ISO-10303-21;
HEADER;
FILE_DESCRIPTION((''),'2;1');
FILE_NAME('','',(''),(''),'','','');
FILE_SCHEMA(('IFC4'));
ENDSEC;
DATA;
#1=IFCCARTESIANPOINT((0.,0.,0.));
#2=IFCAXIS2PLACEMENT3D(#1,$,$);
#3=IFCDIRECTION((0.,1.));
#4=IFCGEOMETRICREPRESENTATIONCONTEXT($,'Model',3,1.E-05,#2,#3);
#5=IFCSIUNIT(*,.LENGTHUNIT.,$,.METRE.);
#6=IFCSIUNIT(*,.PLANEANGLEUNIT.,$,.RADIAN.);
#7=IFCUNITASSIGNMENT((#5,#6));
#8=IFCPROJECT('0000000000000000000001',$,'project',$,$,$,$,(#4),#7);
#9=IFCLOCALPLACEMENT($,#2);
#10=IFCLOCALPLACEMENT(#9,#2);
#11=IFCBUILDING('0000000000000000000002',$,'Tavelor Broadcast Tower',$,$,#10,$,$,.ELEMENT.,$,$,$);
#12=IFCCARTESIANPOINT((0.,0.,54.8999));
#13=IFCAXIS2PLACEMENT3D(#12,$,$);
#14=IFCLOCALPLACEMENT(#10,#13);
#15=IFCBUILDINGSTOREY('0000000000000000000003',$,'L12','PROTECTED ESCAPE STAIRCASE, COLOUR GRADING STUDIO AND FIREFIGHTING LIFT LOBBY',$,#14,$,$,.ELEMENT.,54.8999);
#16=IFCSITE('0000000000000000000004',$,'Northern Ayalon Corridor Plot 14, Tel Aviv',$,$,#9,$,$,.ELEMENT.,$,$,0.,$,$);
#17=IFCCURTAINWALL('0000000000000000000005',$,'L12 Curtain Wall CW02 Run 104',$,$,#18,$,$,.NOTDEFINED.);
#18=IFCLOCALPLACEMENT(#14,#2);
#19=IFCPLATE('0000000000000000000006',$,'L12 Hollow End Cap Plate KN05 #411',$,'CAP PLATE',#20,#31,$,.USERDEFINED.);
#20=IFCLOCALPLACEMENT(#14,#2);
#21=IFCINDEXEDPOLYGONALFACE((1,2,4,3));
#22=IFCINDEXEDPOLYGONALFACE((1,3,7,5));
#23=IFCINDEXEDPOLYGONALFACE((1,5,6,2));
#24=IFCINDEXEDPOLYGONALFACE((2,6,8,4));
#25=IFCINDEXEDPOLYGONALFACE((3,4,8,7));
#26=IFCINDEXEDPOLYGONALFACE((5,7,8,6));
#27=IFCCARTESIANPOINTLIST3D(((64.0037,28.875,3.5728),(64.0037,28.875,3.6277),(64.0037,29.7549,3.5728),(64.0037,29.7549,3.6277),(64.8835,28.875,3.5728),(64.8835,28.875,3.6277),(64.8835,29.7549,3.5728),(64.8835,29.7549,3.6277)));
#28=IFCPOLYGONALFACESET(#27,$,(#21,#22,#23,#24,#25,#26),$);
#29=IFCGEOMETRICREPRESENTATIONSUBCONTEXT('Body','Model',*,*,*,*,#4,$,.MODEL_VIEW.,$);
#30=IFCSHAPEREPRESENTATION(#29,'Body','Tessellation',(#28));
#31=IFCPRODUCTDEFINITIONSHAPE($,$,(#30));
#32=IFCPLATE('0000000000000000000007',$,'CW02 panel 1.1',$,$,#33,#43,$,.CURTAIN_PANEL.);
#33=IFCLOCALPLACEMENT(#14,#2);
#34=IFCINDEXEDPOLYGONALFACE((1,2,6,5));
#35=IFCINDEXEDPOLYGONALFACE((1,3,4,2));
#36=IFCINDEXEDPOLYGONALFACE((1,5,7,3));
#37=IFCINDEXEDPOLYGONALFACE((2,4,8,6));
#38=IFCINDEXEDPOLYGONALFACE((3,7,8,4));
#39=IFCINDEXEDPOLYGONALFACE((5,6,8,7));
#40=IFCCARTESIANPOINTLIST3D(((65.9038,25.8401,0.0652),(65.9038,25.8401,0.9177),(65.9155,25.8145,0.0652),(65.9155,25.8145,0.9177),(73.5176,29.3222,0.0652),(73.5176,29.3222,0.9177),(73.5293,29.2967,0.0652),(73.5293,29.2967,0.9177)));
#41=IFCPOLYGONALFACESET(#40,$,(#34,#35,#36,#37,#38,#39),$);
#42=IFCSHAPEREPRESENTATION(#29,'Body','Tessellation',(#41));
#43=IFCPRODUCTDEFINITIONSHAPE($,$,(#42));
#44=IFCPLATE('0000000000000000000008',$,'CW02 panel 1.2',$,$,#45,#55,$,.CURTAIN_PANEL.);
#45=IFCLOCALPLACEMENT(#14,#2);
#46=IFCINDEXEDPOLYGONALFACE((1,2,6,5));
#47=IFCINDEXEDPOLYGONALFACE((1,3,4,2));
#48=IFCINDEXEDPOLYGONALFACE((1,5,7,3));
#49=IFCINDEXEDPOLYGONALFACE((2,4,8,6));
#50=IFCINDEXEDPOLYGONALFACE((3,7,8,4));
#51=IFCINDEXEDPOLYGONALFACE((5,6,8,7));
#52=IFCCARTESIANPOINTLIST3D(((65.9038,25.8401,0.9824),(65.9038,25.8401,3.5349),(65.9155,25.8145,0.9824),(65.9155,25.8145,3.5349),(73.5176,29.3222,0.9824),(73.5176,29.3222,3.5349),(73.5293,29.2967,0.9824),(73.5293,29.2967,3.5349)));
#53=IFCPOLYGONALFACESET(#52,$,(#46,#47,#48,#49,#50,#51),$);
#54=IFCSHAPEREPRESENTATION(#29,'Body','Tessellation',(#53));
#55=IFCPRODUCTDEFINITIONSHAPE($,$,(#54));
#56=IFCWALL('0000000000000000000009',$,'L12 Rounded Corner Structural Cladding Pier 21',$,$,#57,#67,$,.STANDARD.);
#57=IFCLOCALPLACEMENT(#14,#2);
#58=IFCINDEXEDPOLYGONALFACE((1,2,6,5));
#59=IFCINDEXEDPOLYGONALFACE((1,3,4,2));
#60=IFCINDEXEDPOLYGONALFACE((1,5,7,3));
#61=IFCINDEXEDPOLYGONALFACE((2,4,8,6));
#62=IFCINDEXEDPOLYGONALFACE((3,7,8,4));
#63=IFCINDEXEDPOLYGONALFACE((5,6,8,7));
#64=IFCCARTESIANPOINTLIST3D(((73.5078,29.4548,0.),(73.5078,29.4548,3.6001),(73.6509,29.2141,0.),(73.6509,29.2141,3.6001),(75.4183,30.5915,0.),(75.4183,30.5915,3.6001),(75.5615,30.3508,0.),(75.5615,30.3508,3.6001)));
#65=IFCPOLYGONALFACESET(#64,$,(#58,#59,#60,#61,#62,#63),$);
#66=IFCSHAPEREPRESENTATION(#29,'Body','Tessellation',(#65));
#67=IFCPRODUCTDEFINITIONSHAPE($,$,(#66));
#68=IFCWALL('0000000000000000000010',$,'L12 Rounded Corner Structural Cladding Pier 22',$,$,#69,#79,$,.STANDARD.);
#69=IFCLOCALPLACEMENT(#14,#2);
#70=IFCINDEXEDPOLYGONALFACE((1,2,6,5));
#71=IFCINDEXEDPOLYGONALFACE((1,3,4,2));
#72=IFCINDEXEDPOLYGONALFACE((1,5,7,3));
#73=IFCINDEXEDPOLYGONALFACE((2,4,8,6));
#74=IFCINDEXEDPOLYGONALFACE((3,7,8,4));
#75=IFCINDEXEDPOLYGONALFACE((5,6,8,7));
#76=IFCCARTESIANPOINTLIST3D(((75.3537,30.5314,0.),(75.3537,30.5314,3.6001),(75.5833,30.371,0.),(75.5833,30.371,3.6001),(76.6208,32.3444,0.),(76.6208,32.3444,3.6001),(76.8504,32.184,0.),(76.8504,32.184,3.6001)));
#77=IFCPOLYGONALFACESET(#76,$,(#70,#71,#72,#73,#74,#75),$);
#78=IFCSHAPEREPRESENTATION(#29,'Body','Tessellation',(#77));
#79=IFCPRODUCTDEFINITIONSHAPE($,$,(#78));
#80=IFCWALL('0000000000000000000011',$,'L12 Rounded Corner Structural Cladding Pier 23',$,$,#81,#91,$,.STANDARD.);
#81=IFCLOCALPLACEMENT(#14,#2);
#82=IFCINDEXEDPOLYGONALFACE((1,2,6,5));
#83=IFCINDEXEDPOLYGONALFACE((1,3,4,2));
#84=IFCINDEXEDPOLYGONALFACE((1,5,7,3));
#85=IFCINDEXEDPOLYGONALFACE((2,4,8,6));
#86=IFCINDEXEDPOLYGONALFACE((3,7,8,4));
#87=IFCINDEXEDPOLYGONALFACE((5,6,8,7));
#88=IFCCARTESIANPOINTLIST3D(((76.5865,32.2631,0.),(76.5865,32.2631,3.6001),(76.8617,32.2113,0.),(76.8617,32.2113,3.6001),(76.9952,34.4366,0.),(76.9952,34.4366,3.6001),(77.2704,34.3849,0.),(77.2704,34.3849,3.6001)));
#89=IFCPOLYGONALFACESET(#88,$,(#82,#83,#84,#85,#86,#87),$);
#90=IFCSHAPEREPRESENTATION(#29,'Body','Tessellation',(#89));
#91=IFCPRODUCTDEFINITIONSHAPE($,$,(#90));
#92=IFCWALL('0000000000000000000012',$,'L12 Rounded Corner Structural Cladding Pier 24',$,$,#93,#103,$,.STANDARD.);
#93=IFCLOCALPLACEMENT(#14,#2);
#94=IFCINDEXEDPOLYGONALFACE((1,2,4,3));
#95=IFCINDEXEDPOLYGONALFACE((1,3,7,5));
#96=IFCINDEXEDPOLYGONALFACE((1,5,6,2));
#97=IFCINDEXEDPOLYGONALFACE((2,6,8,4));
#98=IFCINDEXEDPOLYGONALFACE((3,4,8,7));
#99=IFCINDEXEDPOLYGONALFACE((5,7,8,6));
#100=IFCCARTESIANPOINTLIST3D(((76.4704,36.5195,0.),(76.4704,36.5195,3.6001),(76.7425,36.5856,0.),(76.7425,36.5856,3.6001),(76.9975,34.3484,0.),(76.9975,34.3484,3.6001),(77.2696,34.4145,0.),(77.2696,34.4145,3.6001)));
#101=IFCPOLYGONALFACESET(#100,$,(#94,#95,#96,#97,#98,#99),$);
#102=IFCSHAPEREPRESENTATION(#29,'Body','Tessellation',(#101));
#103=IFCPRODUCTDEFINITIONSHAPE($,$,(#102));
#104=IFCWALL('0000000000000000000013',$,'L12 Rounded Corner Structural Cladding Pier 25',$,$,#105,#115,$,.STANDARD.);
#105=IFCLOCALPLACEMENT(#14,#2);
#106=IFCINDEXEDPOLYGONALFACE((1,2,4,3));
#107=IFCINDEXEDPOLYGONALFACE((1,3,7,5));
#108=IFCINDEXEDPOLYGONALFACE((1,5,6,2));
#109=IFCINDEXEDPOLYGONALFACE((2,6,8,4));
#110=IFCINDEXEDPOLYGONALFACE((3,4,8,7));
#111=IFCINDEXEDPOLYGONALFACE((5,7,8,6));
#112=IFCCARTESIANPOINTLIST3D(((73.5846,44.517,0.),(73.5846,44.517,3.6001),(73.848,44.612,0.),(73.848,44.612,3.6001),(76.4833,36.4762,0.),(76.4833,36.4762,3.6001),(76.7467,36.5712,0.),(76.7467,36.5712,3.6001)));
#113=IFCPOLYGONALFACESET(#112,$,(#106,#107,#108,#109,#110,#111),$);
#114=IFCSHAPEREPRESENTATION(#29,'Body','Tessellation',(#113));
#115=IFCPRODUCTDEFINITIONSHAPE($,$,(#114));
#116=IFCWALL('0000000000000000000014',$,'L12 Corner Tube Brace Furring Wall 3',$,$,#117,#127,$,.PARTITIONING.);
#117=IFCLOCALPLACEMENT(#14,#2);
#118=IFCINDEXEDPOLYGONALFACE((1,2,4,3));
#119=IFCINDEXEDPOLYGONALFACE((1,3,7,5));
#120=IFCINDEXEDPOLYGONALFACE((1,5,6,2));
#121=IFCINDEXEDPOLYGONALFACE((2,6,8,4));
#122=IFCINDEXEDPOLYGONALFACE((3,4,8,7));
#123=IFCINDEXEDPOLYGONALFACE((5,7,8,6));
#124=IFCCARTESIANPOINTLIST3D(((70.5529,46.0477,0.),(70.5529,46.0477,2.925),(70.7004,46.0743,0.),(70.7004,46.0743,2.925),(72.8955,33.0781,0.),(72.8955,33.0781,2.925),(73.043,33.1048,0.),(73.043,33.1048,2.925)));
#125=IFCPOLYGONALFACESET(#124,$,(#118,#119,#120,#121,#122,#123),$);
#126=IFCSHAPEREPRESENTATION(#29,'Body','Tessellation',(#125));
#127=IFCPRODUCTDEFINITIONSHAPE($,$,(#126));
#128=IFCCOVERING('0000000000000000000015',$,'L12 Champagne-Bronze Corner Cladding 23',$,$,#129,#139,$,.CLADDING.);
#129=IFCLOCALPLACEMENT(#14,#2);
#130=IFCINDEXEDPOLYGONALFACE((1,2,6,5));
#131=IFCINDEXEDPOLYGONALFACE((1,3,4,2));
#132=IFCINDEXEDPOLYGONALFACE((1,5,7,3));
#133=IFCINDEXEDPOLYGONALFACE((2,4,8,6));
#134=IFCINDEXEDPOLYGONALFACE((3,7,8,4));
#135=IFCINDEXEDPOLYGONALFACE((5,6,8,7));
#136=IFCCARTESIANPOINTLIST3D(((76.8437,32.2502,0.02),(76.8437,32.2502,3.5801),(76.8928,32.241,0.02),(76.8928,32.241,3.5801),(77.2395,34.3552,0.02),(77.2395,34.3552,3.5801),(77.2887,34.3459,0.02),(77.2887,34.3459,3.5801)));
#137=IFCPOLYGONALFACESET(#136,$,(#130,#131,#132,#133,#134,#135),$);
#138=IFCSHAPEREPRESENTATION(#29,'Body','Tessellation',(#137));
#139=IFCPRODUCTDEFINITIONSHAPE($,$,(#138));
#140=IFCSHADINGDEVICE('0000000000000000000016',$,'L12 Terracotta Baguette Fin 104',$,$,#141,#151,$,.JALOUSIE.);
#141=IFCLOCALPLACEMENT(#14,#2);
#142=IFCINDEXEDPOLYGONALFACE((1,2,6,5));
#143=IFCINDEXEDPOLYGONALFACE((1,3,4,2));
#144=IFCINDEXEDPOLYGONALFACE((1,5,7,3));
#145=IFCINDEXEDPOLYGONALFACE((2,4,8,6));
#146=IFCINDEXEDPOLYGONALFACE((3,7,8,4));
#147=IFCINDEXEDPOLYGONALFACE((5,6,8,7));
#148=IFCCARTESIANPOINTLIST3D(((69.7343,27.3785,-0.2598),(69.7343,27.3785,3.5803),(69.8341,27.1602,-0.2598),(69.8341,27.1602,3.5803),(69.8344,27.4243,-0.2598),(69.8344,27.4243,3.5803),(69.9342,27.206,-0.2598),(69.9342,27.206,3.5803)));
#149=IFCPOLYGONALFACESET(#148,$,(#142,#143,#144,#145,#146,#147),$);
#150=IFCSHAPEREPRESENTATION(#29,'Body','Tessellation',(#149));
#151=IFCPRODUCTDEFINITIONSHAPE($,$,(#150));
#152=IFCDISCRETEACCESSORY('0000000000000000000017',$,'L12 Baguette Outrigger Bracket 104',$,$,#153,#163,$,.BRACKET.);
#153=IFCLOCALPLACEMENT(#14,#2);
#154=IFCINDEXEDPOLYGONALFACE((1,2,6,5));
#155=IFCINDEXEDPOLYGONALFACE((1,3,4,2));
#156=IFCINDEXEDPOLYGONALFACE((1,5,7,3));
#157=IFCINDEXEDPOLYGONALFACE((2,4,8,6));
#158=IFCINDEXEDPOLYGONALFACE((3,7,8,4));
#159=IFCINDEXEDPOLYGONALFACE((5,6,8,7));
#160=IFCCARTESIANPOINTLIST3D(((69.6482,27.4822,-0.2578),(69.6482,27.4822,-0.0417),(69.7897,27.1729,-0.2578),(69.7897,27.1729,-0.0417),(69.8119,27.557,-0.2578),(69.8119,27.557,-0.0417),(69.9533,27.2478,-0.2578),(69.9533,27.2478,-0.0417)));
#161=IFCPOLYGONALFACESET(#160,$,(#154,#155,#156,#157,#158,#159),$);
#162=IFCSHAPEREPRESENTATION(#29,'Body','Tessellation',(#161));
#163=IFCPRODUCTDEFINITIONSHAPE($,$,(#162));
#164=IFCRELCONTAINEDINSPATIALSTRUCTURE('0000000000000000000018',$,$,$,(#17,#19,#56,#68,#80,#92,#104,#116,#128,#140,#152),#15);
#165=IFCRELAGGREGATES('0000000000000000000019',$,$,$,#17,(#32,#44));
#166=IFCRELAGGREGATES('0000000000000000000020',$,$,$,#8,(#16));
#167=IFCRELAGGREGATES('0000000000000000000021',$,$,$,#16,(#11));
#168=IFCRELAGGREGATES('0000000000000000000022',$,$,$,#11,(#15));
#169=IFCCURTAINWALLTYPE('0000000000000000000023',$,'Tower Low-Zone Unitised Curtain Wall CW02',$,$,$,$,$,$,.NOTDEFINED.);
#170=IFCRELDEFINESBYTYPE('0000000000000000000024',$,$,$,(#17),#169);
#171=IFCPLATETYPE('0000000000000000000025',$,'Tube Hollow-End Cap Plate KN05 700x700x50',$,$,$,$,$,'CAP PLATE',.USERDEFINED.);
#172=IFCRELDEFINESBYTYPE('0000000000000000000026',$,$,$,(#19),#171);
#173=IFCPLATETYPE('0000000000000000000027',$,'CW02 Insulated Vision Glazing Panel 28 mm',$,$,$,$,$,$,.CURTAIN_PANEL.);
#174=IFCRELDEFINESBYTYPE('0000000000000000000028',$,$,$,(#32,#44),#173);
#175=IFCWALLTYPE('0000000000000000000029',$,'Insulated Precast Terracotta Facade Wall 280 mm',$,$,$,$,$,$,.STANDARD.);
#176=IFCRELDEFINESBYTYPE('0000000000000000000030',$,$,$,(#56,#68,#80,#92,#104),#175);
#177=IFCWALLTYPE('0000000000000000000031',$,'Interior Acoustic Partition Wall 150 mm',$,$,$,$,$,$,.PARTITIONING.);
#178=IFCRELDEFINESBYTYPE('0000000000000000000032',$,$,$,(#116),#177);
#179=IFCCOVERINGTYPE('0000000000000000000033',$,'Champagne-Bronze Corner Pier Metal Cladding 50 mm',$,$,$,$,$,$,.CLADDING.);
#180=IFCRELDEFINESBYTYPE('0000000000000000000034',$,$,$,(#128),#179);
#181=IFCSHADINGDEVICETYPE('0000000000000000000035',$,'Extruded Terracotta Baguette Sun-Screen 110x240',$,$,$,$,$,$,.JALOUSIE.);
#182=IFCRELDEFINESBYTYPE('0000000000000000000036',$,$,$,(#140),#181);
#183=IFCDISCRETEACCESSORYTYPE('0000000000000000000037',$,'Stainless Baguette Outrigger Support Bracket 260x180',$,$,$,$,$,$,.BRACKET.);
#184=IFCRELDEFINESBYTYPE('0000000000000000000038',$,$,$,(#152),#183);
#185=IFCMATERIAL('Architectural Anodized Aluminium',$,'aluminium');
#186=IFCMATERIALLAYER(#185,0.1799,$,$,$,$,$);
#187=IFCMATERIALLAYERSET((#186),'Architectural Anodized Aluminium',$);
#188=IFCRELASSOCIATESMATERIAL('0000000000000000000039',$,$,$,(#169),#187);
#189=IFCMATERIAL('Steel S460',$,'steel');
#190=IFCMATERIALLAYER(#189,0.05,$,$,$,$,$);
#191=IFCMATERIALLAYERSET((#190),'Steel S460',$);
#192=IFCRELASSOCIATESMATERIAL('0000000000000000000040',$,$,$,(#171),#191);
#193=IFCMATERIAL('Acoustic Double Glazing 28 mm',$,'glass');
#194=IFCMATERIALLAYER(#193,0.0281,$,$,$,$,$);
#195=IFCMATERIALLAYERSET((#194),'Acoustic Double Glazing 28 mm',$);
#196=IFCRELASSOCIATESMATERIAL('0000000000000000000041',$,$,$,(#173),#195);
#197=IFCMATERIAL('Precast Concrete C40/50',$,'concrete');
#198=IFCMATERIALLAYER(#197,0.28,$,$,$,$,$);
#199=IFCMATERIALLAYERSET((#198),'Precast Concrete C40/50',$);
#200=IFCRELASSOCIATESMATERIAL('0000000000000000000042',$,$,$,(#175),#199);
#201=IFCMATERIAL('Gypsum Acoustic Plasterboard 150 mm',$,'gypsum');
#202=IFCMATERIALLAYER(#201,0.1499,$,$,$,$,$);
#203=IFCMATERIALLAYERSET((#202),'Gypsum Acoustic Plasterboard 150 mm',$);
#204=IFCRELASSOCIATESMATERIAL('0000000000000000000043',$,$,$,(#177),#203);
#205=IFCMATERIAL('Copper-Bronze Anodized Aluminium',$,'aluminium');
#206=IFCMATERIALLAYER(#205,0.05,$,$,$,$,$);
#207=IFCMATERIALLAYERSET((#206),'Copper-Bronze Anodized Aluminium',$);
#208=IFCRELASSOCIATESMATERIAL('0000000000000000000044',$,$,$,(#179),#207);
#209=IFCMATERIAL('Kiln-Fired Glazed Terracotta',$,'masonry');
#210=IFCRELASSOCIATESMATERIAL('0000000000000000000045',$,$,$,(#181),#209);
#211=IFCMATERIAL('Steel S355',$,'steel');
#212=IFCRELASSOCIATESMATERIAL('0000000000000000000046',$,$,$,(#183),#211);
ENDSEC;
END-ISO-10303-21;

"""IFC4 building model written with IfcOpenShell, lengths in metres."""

from ifc_helpers import new_model, si_unit, direction, frame, frame_2d, origin, origin_2d, place, context, subcontext, project, spatial, rectangle, extrude, source, transform, mapped, material, layer, layer_set, type_object, type_shapes, element, aggregate, save


model = new_model("IFC4")

# Units and contexts
model_context = context("Model", 3, precision=1e-05, world=origin(), true_north=direction((0.0, 1.0)))
body_context = subcontext(model_context, "Body", "Model", "MODEL_VIEW")
ifc_project = project(units=[si_unit("LENGTHUNIT", "METRE"), si_unit("PLANEANGLEUNIT", "RADIAN")], contexts=[model_context])

# Site, building, storey
site_placement = place(None, origin())
site = spatial("IfcSite", under=ifc_project, at=site_placement, Name="Northern Ayalon Corridor Plot 14, Tel Aviv", CompositionType="ELEMENT", RefElevation=0.0)
building_placement = place(site_placement, origin())
building = spatial("IfcBuilding", under=site, at=building_placement, Name="Tavelor Broadcast Tower", CompositionType="ELEMENT")
storey_placement = place(building_placement, frame((0.0, 0.0, 54.8999)))
storey = spatial("IfcBuildingStorey", under=building, at=storey_placement, Name="L12", Description="PROTECTED ESCAPE STAIRCASE, COLOUR GRADING STUDIO AND FIREFIGHTING LIFT LOBBY", CompositionType="ELEMENT", Elevation=54.8999)

# Shared definitions
ifc_material_1 = material(Name="Steel S460", Category="steel")

# Shared definitions
ifc_material_2 = material(Name="Steel S355", Category="steel")

# Shared definitions
ifc_material_3 = material(Name="Architectural Anodized Aluminium", Category="aluminium")
ifc_layer_1 = layer(ifc_material_3, 0.1799)
ifc_layer_set_1 = layer_set([ifc_layer_1], Name="Architectural Anodized Aluminium")
curtain_wall_type = type_object("IfcCurtainWallType", Name="Tower Low-Zone Unitised Curtain Wall CW02", PredefinedType="NOTDEFINED", material=ifc_layer_set_1)

# Curtain wall
curtain_wall_1_placement = place(storey_placement, origin())
curtain_wall_1 = element("IfcCurtainWall", 1, at=curtain_wall_1_placement, inside=storey, type_object=curtain_wall_type, Name="L12 Curtain Wall CW02 Run 104", PredefinedType="NOTDEFINED")

# Plate
ifc_layer_2 = layer(ifc_material_1, 0.05)
ifc_layer_set_2 = layer_set([ifc_layer_2], Name="Steel S460")
plate_type_1 = type_object("IfcPlateType", Name="Tube Hollow-End Cap Plate KN05 700x700x50", ElementType="CAP PLATE", PredefinedType="USERDEFINED", material=ifc_layer_set_2)
shared_shape_1 = source(origin(), body_context, "Body", "SweptSolid", [
    extrude(rectangle(XDim=0.8799, YDim=0.8799, at=origin_2d()), origin(), (0.0, 0.0, 1.0), 0.0549),
])
plate_1_placement = place(storey_placement, frame((64.4436, 29.3149, 3.5728), z_axis=(0.0, 0.0, 1.0), x_axis=(1.0, 0.0, 0.0)))
element("IfcPlate", 2, at=plate_1_placement, inside=storey, type_object=plate_type_1, Name="L12 Hollow End Cap Plate KN05 #411", ObjectType="CAP PLATE", PredefinedType="USERDEFINED", context=body_context, shape_type="MappedRepresentation", body=[
    mapped(shared_shape_1, transform((0.0, 0.0, 0.0), scale=1.0)),
])

# Plates
ifc_material_4 = material(Name="Acoustic Double Glazing 28 mm", Category="glass")
ifc_layer_3 = layer(ifc_material_4, 0.0281)
ifc_layer_set_3 = layer_set([ifc_layer_3], Name="Acoustic Double Glazing 28 mm")
plate_type_2 = type_object("IfcPlateType", Name="CW02 Insulated Vision Glazing Panel 28 mm", PredefinedType="CURTAIN_PANEL", material=ifc_layer_set_3)
shared_shape_2 = source(origin(), body_context, "Body", "SweptSolid", [
    extrude(rectangle(XDim=8.3723, YDim=0.0281, at=origin_2d()), origin(), (0.0, 0.0, 1.0), 0.8525),
])
plate_2_placement = place(storey_placement, frame((69.7166, 27.5684, 0.0652), z_axis=(0.0, 0.0, 1.0), x_axis=(0.909407, 0.415908, 0.0)))
plate_2 = element("IfcPlate", 3, at=plate_2_placement, type_object=plate_type_2, Name="CW02 panel 1.1", PredefinedType="CURTAIN_PANEL", context=body_context, shape_type="MappedRepresentation", body=[
    mapped(shared_shape_2, transform((0.0, 0.0, 0.0), scale=1.0)),
])
shared_shape_3 = source(origin(), body_context, "Body", "SweptSolid", [
    extrude(rectangle(XDim=8.3723, YDim=0.0281, at=origin_2d()), origin(), (0.0, 0.0, 1.0), 2.5525),
])
type_shapes(plate_type_2, [shared_shape_2, shared_shape_3])
plate_3_placement = place(storey_placement, frame((69.7166, 27.5684, 0.9824), z_axis=(0.0, 0.0, 1.0), x_axis=(0.909407, 0.415908, 0.0)))
plate_3 = element("IfcPlate", 4, at=plate_3_placement, type_object=plate_type_2, Name="CW02 panel 1.2", PredefinedType="CURTAIN_PANEL", context=body_context, shape_type="MappedRepresentation", body=[
    mapped(shared_shape_3, transform((0.0, 0.0, 0.0), scale=1.0)),
])
aggregate(curtain_wall_1, [plate_2, plate_3])

# Walls
ifc_material_5 = material(Name="Precast Concrete C40/50", Category="concrete")
ifc_layer_4 = layer(ifc_material_5, 0.28)
ifc_layer_set_4 = layer_set([ifc_layer_4], Name="Precast Concrete C40/50")
wall_type_1 = type_object("IfcWallType", Name="Insulated Precast Terracotta Facade Wall 280 mm", PredefinedType="STANDARD", material=ifc_layer_set_4)
wall_1_placement = place(storey_placement, frame((73.5793, 29.3345, 0.0), z_axis=(0.0, 0.0, 1.0), x_axis=(0.859405, 0.511295, 0.0)))
element("IfcWall", 5, at=wall_1_placement, inside=storey, type_object=wall_type_1, Name="L12 Rounded Corner Structural Cladding Pier 21", PredefinedType="STANDARD", context=body_context, shape_type="SweptSolid", body=[
    extrude(rectangle(XDim=2.2231, YDim=0.28, at=frame_2d((1.1116, 0.0))), origin(), (0.0, 0.0, 1.0), 3.6001),
])
wall_2_placement = place(storey_placement, frame((75.4685, 30.4512, 0.0), z_axis=(0.0, 0.0, 1.0), x_axis=(0.572855, 0.819657, 0.0)))
element("IfcWall", 6, at=wall_2_placement, inside=storey, type_object=wall_type_1, Name="L12 Rounded Corner Structural Cladding Pier 22", PredefinedType="STANDARD", context=body_context, shape_type="SweptSolid", body=[
    extrude(rectangle(XDim=2.2119, YDim=0.28, at=frame_2d((1.106, 0.0))), origin(), (0.0, 0.0, 1.0), 3.6001),
])
wall_3_placement = place(storey_placement, frame((76.7241, 32.2371, 0.0), z_axis=(0.0, 0.0, 1.0), x_axis=(0.184788, 0.982778, 0.0)))
element("IfcWall", 7, at=wall_3_placement, inside=storey, type_object=wall_type_1, Name="L12 Rounded Corner Structural Cladding Pier 23", PredefinedType="STANDARD", context=body_context, shape_type="SweptSolid", body=[
    extrude(rectangle(XDim=2.2117, YDim=0.28, at=frame_2d((1.106, 0.0))), origin(), (0.0, 0.0, 1.0), 3.6001),
])
wall_4_placement = place(storey_placement, frame((77.1335, 34.3813, 0.0), z_axis=(0.0, 0.0, 1.0), x_axis=(-0.235922, 0.971772, 0.0)))
element("IfcWall", 8, at=wall_4_placement, inside=storey, type_object=wall_type_1, Name="L12 Rounded Corner Structural Cladding Pier 24", PredefinedType="STANDARD", context=body_context, shape_type="SweptSolid", body=[
    extrude(rectangle(XDim=2.2341, YDim=0.28, at=frame_2d((1.1172, 0.0))), origin(), (0.0, 0.0, 1.0), 3.6001),
])
wall_5_placement = place(storey_placement, frame((76.615, 36.5237, 0.0), z_axis=(0.0, 0.0, 1.0), x_axis=(-0.339134, 0.940738, 0.0)))
element("IfcWall", 9, at=wall_5_placement, inside=storey, type_object=wall_type_1, Name="L12 Rounded Corner Structural Cladding Pier 25", PredefinedType="STANDARD", context=body_context, shape_type="SweptSolid", body=[
    extrude(rectangle(XDim=8.5474, YDim=0.28, at=frame_2d((4.2737, 0.0))), origin(), (0.0, 0.0, 1.0), 3.6001),
])
ifc_material_6 = material(Name="Gypsum Acoustic Plasterboard 150 mm", Category="gypsum")
ifc_layer_5 = layer(ifc_material_6, 0.1499)
ifc_layer_set_5 = layer_set([ifc_layer_5], Name="Gypsum Acoustic Plasterboard 150 mm")
wall_type_2 = type_object("IfcWallType", Name="Interior Acoustic Partition Wall 150 mm", PredefinedType="PARTITIONING", material=ifc_layer_set_5)
wall_6_placement = place(storey_placement, frame((72.9692, 33.0913, 0.0), z_axis=(0.0, 0.0, 1.0), x_axis=(-0.177743, 0.984077, 0.0)))
element("IfcWall", 10, at=wall_6_placement, inside=storey, type_object=wall_type_2, Name="L12 Corner Tube Brace Furring Wall 3", PredefinedType="PARTITIONING", context=body_context, shape_type="SweptSolid", body=[
    extrude(rectangle(XDim=13.1794, YDim=0.1499, at=frame_2d((6.5898, 0.0))), origin(), (0.0, 0.0, 1.0), 2.925),
])

# Covering
ifc_material_7 = material(Name="Copper-Bronze Anodized Aluminium", Category="aluminium")
ifc_layer_6 = layer(ifc_material_7, 0.05)
ifc_layer_set_6 = layer_set([ifc_layer_6], Name="Copper-Bronze Anodized Aluminium")
covering_type = type_object("IfcCoveringType", Name="Champagne-Bronze Corner Pier Metal Cladding 50 mm", PredefinedType="CLADDING", material=ifc_layer_set_6)
covering_placement = place(storey_placement, frame((77.0662, 33.2981, 0.02), z_axis=(0.0, 0.0, 1.0), x_axis=(0.184809, 0.982774, 0.0)))
element("IfcCovering", 11, at=covering_placement, inside=storey, type_object=covering_type, Name="L12 Champagne-Bronze Corner Cladding 23", PredefinedType="CLADDING", context=body_context, shape_type="SweptSolid", body=[
    extrude(rectangle(XDim=2.1418, YDim=0.05, at=origin_2d()), origin(), (0.0, 0.0, 1.0), 3.5601),
])

# Shading device
ifc_material_8 = material(Name="Kiln-Fired Glazed Terracotta", Category="masonry")
shading_device_type = type_object("IfcShadingDeviceType", Name="Extruded Terracotta Baguette Sun-Screen 110x240", PredefinedType="JALOUSIE", material=ifc_material_8)
shared_shape_4 = source(origin(), body_context, "Body", "SweptSolid", [
    extrude(rectangle(XDim=0.1101, YDim=0.24, at=origin_2d()), origin(), (0.0, 0.0, 1.0), 3.8401),
])
type_shapes(shading_device_type, [shared_shape_4])
shading_device_placement = place(storey_placement, frame((69.8342, 27.2922, -0.2598), z_axis=(0.0, 0.0, 1.0), x_axis=(0.909381, 0.415963, 0.0)))
element("IfcShadingDevice", 12, at=shading_device_placement, inside=storey, type_object=shading_device_type, Name="L12 Terracotta Baguette Fin 104", PredefinedType="JALOUSIE", context=body_context, shape_type="MappedRepresentation", body=[
    mapped(shared_shape_4, transform((0.0, 0.0, 0.0), scale=1.0)),
])

# Discrete accessory
discrete_accessory_type = type_object("IfcDiscreteAccessoryType", Name="Stainless Baguette Outrigger Support Bracket 260x180", PredefinedType="BRACKET", material=ifc_material_2)
shared_shape_5 = source(origin(), body_context, "Body", "SweptSolid", [
    extrude(rectangle(XDim=0.1799, YDim=0.3401, at=origin_2d()), origin(), (0.0, 0.0, 1.0), 0.2161),
])
type_shapes(discrete_accessory_type, [shared_shape_5])
discrete_accessory_placement = place(storey_placement, frame((69.8008, 27.365, -0.2578), z_axis=(0.0, 0.0, 1.0), x_axis=(0.909381, 0.415963, 0.0)))
element("IfcDiscreteAccessory", 13, at=discrete_accessory_placement, inside=storey, type_object=discrete_accessory_type, Name="L12 Baguette Outrigger Bracket 104", PredefinedType="BRACKET", context=body_context, shape_type="MappedRepresentation", body=[
    mapped(shared_shape_5, transform((0.0, 0.0, 0.0), scale=1.0)),
])

save(model, "model.ifc")
